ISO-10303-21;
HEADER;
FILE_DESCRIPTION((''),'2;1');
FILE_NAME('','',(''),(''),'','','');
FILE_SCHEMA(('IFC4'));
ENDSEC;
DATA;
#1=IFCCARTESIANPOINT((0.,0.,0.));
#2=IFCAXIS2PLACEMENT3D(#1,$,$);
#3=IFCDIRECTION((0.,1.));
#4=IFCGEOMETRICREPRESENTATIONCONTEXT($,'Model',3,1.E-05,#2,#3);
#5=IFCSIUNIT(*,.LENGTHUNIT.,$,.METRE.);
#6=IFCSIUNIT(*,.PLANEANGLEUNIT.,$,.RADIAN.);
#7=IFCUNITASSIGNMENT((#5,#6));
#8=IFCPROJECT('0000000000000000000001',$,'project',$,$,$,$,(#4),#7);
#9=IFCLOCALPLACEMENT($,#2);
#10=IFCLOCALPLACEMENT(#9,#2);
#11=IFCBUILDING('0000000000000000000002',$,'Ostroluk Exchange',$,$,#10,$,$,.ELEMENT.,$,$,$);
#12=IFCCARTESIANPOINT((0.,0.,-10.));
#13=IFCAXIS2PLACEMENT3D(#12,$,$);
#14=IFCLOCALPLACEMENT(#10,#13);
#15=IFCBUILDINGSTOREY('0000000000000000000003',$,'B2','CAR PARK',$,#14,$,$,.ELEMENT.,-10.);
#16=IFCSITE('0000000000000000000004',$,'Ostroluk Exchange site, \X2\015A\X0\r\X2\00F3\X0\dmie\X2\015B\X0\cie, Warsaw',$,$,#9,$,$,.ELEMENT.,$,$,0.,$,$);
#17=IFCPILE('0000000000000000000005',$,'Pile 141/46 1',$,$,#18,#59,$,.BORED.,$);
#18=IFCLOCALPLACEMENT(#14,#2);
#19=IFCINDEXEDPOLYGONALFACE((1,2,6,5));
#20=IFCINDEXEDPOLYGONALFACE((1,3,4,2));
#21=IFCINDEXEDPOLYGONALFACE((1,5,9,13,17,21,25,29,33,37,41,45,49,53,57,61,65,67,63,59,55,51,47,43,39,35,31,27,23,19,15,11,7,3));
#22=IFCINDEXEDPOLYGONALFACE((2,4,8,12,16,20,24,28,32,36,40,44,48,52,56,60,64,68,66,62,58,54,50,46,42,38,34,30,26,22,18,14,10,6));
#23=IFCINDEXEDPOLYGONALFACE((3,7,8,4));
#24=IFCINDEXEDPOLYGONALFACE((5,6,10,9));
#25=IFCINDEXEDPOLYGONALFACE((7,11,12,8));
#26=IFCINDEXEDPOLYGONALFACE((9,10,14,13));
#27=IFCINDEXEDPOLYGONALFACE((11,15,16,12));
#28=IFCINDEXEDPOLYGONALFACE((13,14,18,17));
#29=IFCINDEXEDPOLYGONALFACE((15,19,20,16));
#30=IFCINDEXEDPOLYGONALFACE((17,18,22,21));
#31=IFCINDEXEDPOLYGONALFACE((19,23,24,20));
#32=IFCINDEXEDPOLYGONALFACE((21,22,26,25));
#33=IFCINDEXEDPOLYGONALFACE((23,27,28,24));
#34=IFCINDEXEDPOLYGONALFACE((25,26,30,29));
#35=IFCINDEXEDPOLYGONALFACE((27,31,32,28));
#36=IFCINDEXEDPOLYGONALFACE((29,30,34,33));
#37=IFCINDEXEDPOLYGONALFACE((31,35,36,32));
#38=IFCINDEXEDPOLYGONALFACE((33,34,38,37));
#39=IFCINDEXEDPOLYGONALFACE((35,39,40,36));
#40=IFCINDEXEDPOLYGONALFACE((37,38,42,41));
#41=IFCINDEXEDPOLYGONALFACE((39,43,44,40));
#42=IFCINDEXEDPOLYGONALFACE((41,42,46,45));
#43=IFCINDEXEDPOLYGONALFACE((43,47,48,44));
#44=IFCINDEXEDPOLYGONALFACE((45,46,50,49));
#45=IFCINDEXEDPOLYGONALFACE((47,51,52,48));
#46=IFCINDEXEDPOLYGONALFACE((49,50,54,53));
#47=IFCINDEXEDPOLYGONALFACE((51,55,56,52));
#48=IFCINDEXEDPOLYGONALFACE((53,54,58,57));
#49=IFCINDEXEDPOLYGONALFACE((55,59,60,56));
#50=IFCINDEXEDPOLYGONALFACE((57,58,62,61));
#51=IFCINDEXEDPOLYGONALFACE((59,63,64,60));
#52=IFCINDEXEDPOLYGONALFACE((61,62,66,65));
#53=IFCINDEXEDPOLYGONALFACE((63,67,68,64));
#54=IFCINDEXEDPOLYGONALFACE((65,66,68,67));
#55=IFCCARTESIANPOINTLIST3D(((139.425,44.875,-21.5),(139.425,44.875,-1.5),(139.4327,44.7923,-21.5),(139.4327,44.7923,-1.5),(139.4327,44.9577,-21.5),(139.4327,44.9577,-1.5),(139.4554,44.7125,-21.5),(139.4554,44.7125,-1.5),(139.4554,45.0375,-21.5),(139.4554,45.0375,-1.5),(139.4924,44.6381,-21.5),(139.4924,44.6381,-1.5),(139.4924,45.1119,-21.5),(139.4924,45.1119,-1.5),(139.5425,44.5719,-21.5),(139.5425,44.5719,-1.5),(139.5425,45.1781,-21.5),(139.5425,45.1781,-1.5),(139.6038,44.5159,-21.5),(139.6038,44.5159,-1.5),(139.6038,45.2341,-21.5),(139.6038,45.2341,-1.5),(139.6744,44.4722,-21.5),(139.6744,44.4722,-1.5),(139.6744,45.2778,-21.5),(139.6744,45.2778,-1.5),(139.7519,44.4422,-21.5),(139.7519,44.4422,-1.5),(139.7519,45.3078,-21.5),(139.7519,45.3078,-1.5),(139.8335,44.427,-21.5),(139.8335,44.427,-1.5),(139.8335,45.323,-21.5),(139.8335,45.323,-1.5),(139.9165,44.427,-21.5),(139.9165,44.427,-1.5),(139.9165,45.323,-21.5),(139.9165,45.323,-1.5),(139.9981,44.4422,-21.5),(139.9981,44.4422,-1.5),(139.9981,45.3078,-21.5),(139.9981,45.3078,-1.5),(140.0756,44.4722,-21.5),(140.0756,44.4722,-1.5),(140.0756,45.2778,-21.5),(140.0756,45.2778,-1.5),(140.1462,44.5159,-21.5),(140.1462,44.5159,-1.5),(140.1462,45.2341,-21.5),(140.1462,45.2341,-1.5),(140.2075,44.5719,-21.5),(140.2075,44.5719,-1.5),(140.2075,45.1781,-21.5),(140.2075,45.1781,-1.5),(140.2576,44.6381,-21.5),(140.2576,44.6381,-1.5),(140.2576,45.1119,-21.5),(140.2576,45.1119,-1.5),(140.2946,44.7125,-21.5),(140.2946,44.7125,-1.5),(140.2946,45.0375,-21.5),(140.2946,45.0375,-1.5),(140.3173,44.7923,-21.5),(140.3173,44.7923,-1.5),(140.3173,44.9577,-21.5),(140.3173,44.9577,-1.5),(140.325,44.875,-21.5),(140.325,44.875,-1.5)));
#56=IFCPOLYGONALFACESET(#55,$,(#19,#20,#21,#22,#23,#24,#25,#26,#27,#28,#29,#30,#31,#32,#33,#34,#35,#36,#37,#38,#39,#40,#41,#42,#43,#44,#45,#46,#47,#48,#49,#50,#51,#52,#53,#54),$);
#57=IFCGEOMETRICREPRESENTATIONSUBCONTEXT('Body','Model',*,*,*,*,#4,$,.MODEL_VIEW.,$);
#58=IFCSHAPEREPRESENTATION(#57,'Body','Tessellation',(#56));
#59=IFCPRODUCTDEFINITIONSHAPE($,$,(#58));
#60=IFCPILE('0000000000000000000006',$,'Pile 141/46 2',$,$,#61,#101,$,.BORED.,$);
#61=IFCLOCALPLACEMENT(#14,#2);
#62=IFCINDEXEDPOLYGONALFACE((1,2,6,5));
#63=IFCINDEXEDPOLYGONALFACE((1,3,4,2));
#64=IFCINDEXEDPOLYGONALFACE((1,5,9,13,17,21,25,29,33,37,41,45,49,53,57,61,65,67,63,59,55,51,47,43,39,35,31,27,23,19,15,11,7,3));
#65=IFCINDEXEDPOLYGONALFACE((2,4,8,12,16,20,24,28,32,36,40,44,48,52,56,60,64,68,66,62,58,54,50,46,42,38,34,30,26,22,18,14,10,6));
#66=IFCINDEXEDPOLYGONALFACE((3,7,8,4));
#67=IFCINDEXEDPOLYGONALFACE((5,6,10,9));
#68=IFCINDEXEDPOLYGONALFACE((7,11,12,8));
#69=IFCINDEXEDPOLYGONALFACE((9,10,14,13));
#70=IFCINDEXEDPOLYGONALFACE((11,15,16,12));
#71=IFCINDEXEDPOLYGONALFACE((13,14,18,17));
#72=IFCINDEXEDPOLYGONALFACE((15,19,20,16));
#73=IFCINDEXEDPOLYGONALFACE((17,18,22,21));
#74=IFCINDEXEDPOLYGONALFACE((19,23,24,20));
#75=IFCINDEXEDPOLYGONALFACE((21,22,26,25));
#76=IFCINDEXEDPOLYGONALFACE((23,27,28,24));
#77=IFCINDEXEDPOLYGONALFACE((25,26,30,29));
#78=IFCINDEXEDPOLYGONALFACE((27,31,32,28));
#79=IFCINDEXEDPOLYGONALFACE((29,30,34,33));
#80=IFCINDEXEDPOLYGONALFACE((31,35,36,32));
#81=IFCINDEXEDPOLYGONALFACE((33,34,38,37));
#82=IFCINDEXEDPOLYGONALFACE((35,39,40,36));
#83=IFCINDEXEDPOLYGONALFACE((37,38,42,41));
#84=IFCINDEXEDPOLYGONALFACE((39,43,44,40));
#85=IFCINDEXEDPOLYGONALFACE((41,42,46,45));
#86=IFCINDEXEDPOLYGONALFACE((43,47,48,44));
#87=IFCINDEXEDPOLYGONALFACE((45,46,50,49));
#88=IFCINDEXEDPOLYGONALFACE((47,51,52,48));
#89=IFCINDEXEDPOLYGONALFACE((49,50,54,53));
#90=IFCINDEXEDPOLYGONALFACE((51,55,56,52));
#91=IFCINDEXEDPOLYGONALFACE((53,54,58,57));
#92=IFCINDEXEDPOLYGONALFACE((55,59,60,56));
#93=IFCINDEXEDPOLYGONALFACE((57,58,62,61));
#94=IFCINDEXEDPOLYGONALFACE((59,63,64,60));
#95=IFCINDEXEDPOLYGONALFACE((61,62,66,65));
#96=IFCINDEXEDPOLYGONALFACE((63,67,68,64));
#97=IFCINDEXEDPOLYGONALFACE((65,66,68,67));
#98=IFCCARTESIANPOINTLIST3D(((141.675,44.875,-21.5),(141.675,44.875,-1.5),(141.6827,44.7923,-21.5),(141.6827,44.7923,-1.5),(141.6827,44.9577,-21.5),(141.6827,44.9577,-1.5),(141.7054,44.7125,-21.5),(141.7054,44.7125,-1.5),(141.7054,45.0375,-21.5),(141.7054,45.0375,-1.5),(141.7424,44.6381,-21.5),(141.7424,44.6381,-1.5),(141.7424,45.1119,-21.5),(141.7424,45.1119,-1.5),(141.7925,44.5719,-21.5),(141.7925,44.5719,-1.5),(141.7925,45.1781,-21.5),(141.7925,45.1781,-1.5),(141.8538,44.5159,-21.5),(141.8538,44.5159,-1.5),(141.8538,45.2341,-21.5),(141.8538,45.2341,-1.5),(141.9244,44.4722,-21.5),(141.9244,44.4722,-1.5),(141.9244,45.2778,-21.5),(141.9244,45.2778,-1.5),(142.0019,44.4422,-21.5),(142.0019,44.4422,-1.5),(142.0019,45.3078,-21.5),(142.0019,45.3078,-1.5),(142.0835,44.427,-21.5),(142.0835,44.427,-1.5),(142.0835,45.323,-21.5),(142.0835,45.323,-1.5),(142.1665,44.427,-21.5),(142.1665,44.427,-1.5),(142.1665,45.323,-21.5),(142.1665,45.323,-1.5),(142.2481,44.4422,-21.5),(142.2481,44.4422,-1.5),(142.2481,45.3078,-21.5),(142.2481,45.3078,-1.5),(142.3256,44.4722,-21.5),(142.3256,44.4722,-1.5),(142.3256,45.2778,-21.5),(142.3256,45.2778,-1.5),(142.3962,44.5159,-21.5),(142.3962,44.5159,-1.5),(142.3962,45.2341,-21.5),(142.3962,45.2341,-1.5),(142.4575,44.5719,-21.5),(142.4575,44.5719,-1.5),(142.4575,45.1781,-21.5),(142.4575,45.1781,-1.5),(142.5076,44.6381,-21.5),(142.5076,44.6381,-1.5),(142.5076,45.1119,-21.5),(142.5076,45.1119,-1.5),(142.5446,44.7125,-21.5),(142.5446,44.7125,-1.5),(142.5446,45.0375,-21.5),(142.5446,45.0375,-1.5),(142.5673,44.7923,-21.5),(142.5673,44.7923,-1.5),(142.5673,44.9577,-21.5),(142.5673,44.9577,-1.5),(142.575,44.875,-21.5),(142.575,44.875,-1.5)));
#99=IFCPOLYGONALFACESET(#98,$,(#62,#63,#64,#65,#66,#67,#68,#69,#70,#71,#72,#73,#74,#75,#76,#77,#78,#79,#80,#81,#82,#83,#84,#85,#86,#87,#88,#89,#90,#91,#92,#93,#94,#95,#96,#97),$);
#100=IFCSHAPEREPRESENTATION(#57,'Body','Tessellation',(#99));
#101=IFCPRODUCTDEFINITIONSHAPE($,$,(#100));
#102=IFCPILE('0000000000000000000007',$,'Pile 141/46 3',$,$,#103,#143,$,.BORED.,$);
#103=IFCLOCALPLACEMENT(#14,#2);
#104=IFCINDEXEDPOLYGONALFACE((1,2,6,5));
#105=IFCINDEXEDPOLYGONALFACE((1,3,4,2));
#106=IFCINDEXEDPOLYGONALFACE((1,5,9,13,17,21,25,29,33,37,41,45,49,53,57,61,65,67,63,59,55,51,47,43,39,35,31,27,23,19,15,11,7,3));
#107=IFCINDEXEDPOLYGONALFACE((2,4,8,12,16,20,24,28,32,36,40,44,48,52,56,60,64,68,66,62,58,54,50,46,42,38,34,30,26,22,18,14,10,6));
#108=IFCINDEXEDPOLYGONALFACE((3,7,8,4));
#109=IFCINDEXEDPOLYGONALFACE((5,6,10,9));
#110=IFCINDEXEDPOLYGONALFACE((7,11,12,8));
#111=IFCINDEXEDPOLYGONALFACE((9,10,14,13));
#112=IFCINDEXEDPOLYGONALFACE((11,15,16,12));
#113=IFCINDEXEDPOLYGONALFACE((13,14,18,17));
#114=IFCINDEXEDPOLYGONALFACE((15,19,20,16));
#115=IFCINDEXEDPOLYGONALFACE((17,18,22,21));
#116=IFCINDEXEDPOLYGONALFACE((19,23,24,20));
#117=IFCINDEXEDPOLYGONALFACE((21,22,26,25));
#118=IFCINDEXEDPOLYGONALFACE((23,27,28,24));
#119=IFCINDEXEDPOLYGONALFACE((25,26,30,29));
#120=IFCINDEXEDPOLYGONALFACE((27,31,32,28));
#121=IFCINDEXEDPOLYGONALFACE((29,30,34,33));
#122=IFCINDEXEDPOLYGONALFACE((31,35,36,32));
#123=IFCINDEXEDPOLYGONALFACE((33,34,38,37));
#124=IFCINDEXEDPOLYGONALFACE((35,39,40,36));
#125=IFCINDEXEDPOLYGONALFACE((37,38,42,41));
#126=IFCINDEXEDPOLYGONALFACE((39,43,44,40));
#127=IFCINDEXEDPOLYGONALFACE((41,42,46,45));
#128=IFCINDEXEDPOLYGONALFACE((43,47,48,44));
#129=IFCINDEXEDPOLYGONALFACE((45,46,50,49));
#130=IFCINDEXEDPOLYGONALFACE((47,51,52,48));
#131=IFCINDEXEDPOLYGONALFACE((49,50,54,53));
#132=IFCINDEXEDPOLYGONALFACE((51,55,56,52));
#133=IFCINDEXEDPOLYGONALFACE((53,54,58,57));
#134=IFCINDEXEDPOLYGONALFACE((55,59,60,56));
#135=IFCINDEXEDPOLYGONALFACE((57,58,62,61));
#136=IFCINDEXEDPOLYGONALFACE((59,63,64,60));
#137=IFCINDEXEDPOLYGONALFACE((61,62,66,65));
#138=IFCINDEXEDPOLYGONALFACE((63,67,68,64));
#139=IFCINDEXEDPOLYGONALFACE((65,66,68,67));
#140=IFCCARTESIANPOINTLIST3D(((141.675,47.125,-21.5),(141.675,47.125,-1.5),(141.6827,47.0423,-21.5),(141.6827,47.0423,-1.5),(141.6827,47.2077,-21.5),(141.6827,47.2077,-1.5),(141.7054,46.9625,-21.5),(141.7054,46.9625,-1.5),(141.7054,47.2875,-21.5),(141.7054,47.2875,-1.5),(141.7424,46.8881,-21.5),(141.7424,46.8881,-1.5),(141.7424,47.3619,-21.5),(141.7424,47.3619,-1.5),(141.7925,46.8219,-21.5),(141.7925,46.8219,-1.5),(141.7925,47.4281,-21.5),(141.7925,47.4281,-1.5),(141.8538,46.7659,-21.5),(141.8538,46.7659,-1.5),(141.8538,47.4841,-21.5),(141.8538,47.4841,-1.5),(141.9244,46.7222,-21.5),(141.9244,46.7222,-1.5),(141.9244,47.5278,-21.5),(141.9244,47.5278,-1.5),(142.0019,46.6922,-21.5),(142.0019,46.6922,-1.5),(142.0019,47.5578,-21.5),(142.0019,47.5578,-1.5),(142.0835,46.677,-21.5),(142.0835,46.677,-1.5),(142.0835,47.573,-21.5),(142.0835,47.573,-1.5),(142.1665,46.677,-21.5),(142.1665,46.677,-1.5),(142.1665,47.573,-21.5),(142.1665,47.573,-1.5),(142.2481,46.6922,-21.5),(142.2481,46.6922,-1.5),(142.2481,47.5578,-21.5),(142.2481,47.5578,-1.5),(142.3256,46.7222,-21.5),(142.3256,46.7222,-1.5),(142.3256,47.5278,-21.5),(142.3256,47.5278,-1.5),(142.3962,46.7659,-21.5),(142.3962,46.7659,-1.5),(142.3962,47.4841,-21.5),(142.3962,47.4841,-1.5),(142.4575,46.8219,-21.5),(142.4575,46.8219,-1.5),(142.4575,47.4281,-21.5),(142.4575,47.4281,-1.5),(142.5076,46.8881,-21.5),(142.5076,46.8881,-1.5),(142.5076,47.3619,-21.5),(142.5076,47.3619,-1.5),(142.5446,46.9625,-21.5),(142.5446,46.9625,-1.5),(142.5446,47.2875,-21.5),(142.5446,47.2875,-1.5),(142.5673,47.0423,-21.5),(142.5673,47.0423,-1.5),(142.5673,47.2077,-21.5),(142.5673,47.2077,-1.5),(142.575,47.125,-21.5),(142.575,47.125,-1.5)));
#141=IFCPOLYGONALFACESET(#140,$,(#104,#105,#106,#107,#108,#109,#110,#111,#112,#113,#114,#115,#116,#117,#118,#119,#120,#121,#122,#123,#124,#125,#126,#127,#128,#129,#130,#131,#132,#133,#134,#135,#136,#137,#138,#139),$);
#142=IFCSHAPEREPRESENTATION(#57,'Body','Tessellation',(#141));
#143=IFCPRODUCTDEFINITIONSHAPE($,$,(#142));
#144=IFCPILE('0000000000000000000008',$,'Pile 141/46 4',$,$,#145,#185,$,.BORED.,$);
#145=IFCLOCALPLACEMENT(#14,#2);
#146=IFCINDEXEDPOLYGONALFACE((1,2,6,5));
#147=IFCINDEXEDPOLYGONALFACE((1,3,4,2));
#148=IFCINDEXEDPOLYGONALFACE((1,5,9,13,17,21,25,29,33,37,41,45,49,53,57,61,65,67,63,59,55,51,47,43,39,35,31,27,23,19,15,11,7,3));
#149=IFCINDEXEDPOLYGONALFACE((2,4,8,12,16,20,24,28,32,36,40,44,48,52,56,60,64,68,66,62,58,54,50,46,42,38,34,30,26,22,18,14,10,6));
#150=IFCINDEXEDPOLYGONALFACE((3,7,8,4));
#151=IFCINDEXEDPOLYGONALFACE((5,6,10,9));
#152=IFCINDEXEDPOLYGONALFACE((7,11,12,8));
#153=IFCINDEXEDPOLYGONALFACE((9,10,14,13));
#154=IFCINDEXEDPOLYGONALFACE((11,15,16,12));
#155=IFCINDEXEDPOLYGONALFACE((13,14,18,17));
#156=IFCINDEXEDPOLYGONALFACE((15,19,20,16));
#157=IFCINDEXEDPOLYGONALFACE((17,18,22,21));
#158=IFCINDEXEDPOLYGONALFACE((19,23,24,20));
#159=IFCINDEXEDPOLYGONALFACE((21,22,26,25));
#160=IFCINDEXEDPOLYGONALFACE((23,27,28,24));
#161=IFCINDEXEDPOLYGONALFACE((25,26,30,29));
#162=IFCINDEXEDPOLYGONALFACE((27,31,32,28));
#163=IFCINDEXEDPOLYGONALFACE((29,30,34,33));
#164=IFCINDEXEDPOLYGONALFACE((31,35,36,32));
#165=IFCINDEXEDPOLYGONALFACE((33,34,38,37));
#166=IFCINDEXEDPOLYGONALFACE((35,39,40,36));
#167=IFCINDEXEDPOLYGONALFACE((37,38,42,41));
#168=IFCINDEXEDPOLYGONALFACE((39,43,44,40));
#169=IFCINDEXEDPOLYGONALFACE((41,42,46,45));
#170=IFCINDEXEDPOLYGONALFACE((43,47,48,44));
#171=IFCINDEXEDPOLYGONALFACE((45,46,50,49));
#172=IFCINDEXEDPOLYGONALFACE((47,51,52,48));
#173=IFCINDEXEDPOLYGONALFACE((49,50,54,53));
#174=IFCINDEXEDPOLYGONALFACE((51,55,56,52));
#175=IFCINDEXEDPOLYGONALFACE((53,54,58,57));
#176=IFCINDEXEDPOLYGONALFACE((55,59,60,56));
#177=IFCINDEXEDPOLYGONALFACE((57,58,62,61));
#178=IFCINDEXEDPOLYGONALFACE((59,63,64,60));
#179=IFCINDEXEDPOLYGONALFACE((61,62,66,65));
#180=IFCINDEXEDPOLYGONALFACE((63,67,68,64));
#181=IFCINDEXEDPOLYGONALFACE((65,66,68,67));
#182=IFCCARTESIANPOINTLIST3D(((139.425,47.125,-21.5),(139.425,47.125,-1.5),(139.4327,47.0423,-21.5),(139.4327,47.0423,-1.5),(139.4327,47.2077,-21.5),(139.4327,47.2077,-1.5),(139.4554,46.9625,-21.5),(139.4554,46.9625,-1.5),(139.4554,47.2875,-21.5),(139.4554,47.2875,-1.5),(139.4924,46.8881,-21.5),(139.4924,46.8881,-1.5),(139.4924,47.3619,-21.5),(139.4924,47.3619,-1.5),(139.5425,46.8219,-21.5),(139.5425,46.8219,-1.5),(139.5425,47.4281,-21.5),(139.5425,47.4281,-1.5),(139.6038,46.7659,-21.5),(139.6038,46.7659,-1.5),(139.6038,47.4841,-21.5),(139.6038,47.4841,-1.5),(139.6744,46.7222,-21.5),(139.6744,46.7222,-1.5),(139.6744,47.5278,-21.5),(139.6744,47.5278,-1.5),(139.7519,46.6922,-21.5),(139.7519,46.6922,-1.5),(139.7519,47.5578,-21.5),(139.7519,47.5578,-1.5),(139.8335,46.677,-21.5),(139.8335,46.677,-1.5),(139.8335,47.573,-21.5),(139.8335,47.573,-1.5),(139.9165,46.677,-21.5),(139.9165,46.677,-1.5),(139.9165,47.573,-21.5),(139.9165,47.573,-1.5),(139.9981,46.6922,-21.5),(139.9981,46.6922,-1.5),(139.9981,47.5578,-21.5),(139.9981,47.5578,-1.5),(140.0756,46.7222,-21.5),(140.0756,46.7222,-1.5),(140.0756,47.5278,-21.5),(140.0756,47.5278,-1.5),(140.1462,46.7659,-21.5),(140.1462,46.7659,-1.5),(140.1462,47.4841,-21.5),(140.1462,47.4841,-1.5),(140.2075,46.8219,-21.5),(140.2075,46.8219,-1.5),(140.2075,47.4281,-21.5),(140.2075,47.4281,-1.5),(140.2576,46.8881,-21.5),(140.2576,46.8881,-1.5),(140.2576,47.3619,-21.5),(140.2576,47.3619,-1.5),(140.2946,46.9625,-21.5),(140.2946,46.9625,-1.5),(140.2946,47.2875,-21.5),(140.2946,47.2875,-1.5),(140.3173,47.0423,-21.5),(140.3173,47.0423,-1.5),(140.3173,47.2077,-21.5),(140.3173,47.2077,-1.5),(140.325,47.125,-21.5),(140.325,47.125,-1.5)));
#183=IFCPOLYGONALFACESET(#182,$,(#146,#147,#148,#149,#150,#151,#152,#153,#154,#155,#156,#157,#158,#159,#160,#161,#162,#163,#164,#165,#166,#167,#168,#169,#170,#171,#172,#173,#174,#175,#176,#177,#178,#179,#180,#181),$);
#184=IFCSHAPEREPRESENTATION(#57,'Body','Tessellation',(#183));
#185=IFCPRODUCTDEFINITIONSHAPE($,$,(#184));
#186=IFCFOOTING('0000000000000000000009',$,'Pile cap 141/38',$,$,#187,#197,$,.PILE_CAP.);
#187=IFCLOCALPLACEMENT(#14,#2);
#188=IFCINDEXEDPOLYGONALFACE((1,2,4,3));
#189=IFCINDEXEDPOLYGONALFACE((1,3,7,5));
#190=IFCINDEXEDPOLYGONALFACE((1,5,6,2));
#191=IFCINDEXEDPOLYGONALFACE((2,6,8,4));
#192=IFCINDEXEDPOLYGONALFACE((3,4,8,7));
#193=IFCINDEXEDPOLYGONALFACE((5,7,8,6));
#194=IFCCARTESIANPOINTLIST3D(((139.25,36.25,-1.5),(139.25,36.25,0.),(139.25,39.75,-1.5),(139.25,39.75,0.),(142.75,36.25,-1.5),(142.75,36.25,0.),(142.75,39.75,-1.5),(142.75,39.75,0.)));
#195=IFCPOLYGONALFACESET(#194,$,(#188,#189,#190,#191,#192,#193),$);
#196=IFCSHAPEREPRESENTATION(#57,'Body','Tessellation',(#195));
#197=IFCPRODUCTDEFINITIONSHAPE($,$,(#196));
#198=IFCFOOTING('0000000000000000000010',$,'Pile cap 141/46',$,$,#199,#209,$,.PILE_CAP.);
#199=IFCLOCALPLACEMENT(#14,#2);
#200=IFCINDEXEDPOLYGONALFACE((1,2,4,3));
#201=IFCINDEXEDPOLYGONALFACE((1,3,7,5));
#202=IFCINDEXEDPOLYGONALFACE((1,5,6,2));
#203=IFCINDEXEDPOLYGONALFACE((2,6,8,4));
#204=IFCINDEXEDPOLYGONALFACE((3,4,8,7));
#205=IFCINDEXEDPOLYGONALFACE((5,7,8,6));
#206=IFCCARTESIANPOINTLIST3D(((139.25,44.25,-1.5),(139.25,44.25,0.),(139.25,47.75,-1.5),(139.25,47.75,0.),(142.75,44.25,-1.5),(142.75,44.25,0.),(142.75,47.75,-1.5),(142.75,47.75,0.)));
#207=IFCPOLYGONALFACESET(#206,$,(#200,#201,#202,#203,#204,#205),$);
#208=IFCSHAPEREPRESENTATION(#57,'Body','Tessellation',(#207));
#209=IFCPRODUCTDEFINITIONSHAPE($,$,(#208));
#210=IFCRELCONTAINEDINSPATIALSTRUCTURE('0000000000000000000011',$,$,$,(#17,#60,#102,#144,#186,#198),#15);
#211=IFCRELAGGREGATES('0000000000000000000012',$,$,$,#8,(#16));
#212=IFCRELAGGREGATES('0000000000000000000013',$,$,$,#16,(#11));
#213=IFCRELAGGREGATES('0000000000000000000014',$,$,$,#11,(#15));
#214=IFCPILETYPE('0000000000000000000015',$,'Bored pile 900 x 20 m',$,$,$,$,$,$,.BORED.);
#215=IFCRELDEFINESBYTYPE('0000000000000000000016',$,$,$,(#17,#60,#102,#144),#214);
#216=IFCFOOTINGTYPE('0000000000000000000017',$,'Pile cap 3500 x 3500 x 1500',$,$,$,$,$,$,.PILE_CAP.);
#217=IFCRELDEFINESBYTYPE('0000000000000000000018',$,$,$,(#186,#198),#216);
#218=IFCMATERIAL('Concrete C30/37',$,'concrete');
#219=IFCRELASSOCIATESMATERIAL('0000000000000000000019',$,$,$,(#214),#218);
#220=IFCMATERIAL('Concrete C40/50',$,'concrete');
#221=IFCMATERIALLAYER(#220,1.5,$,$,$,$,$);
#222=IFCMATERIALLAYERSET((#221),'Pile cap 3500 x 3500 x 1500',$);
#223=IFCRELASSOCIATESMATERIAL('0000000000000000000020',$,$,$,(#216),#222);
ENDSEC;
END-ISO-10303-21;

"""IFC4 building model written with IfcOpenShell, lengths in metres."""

from ifc_helpers import new_model, si_unit, direction, frame, origin, origin_2d, place, context, subcontext, project, spatial, rectangle, circle, extrude, material, layer, layer_set, type_object, element, save


model = new_model("IFC4")

# Units and contexts
model_context = context("Model", 3, precision=1e-05, world=origin(), true_north=direction((0.0, 1.0)))
body_context = subcontext(model_context, "Body", "Model", "MODEL_VIEW")
ifc_project = project(units=[si_unit("LENGTHUNIT", "METRE"), si_unit("PLANEANGLEUNIT", "RADIAN")], contexts=[model_context])

# Site, building, storey
site_placement = place(None, origin())
site = spatial("IfcSite", under=ifc_project, at=site_placement, Name="Ostroluk Exchange site, Śródmieście, Warsaw", CompositionType="ELEMENT", RefElevation=0.0)
building_placement = place(site_placement, origin())
building = spatial("IfcBuilding", under=site, at=building_placement, Name="Ostroluk Exchange", CompositionType="ELEMENT")
storey_placement = place(building_placement, frame((0.0, 0.0, -10.0)))
storey = spatial("IfcBuildingStorey", under=building, at=storey_placement, Name="B2", Description="CAR PARK", CompositionType="ELEMENT", Elevation=-10.0)

# Piles
ifc_material_1 = material(Name="Concrete C30/37", Category="concrete")
pile_type_1 = type_object("IfcPileType", Name="Bored pile 900 x 20 m", PredefinedType="BORED", material=ifc_material_1)
for number, where, z_axis, x_axis, name in (
    (1, (139.875, 44.875, -1.5), (0.0, 0.0, -1.0), (1.0, 0.0, 0.0), "Pile 141/46 1"),
    (2, (142.125, 44.875, -1.5), (0.0, 0.0, -1.0), (1.0, 0.0, 0.0), "Pile 141/46 2"),
    (3, (142.125, 47.125, -1.5), (0.0, 0.0, -1.0), (1.0, 0.0, 0.0), "Pile 141/46 3"),
    (4, (139.875, 47.125, -1.5), (0.0, 0.0, -1.0), (1.0, 0.0, 0.0), "Pile 141/46 4"),
):
    element("IfcPile", number, at=place(storey_placement, frame(where, z_axis=z_axis, x_axis=x_axis)), inside=storey, type_object=pile_type_1, Name=name, PredefinedType="BORED", context=body_context, shape_type="SweptSolid", body=[
        extrude(circle(Radius=0.45, at=origin_2d()), origin(), (0.0, 0.0, 1.0), 20.0),
    ])

# Footings
ifc_material_2 = material(Name="Concrete C40/50", Category="concrete")
ifc_layer_1 = layer(ifc_material_2, 1.5)
ifc_layer_set_1 = layer_set([ifc_layer_1], Name="Pile cap 3500 x 3500 x 1500")
footing_type = type_object("IfcFootingType", Name="Pile cap 3500 x 3500 x 1500", PredefinedType="PILE_CAP", material=ifc_layer_set_1)
for number, where, z_axis, x_axis, name in (
    (5, (141.0, 38.0, -1.5), (0.0, 0.0, 1.0), (1.0, 0.0, 0.0), "Pile cap 141/38"),
    (6, (141.0, 46.0, -1.5), (0.0, 0.0, 1.0), (1.0, 0.0, 0.0), "Pile cap 141/46"),
):
    element("IfcFooting", number, at=place(storey_placement, frame(where, z_axis=z_axis, x_axis=x_axis)), inside=storey, type_object=footing_type, Name=name, PredefinedType="PILE_CAP", context=body_context, shape_type="SweptSolid", body=[
        extrude(rectangle(XDim=3.5, YDim=3.5, at=origin_2d()), origin(), (0.0, 0.0, 1.0), 1.5),
    ])

save(model, "model.ifc")
